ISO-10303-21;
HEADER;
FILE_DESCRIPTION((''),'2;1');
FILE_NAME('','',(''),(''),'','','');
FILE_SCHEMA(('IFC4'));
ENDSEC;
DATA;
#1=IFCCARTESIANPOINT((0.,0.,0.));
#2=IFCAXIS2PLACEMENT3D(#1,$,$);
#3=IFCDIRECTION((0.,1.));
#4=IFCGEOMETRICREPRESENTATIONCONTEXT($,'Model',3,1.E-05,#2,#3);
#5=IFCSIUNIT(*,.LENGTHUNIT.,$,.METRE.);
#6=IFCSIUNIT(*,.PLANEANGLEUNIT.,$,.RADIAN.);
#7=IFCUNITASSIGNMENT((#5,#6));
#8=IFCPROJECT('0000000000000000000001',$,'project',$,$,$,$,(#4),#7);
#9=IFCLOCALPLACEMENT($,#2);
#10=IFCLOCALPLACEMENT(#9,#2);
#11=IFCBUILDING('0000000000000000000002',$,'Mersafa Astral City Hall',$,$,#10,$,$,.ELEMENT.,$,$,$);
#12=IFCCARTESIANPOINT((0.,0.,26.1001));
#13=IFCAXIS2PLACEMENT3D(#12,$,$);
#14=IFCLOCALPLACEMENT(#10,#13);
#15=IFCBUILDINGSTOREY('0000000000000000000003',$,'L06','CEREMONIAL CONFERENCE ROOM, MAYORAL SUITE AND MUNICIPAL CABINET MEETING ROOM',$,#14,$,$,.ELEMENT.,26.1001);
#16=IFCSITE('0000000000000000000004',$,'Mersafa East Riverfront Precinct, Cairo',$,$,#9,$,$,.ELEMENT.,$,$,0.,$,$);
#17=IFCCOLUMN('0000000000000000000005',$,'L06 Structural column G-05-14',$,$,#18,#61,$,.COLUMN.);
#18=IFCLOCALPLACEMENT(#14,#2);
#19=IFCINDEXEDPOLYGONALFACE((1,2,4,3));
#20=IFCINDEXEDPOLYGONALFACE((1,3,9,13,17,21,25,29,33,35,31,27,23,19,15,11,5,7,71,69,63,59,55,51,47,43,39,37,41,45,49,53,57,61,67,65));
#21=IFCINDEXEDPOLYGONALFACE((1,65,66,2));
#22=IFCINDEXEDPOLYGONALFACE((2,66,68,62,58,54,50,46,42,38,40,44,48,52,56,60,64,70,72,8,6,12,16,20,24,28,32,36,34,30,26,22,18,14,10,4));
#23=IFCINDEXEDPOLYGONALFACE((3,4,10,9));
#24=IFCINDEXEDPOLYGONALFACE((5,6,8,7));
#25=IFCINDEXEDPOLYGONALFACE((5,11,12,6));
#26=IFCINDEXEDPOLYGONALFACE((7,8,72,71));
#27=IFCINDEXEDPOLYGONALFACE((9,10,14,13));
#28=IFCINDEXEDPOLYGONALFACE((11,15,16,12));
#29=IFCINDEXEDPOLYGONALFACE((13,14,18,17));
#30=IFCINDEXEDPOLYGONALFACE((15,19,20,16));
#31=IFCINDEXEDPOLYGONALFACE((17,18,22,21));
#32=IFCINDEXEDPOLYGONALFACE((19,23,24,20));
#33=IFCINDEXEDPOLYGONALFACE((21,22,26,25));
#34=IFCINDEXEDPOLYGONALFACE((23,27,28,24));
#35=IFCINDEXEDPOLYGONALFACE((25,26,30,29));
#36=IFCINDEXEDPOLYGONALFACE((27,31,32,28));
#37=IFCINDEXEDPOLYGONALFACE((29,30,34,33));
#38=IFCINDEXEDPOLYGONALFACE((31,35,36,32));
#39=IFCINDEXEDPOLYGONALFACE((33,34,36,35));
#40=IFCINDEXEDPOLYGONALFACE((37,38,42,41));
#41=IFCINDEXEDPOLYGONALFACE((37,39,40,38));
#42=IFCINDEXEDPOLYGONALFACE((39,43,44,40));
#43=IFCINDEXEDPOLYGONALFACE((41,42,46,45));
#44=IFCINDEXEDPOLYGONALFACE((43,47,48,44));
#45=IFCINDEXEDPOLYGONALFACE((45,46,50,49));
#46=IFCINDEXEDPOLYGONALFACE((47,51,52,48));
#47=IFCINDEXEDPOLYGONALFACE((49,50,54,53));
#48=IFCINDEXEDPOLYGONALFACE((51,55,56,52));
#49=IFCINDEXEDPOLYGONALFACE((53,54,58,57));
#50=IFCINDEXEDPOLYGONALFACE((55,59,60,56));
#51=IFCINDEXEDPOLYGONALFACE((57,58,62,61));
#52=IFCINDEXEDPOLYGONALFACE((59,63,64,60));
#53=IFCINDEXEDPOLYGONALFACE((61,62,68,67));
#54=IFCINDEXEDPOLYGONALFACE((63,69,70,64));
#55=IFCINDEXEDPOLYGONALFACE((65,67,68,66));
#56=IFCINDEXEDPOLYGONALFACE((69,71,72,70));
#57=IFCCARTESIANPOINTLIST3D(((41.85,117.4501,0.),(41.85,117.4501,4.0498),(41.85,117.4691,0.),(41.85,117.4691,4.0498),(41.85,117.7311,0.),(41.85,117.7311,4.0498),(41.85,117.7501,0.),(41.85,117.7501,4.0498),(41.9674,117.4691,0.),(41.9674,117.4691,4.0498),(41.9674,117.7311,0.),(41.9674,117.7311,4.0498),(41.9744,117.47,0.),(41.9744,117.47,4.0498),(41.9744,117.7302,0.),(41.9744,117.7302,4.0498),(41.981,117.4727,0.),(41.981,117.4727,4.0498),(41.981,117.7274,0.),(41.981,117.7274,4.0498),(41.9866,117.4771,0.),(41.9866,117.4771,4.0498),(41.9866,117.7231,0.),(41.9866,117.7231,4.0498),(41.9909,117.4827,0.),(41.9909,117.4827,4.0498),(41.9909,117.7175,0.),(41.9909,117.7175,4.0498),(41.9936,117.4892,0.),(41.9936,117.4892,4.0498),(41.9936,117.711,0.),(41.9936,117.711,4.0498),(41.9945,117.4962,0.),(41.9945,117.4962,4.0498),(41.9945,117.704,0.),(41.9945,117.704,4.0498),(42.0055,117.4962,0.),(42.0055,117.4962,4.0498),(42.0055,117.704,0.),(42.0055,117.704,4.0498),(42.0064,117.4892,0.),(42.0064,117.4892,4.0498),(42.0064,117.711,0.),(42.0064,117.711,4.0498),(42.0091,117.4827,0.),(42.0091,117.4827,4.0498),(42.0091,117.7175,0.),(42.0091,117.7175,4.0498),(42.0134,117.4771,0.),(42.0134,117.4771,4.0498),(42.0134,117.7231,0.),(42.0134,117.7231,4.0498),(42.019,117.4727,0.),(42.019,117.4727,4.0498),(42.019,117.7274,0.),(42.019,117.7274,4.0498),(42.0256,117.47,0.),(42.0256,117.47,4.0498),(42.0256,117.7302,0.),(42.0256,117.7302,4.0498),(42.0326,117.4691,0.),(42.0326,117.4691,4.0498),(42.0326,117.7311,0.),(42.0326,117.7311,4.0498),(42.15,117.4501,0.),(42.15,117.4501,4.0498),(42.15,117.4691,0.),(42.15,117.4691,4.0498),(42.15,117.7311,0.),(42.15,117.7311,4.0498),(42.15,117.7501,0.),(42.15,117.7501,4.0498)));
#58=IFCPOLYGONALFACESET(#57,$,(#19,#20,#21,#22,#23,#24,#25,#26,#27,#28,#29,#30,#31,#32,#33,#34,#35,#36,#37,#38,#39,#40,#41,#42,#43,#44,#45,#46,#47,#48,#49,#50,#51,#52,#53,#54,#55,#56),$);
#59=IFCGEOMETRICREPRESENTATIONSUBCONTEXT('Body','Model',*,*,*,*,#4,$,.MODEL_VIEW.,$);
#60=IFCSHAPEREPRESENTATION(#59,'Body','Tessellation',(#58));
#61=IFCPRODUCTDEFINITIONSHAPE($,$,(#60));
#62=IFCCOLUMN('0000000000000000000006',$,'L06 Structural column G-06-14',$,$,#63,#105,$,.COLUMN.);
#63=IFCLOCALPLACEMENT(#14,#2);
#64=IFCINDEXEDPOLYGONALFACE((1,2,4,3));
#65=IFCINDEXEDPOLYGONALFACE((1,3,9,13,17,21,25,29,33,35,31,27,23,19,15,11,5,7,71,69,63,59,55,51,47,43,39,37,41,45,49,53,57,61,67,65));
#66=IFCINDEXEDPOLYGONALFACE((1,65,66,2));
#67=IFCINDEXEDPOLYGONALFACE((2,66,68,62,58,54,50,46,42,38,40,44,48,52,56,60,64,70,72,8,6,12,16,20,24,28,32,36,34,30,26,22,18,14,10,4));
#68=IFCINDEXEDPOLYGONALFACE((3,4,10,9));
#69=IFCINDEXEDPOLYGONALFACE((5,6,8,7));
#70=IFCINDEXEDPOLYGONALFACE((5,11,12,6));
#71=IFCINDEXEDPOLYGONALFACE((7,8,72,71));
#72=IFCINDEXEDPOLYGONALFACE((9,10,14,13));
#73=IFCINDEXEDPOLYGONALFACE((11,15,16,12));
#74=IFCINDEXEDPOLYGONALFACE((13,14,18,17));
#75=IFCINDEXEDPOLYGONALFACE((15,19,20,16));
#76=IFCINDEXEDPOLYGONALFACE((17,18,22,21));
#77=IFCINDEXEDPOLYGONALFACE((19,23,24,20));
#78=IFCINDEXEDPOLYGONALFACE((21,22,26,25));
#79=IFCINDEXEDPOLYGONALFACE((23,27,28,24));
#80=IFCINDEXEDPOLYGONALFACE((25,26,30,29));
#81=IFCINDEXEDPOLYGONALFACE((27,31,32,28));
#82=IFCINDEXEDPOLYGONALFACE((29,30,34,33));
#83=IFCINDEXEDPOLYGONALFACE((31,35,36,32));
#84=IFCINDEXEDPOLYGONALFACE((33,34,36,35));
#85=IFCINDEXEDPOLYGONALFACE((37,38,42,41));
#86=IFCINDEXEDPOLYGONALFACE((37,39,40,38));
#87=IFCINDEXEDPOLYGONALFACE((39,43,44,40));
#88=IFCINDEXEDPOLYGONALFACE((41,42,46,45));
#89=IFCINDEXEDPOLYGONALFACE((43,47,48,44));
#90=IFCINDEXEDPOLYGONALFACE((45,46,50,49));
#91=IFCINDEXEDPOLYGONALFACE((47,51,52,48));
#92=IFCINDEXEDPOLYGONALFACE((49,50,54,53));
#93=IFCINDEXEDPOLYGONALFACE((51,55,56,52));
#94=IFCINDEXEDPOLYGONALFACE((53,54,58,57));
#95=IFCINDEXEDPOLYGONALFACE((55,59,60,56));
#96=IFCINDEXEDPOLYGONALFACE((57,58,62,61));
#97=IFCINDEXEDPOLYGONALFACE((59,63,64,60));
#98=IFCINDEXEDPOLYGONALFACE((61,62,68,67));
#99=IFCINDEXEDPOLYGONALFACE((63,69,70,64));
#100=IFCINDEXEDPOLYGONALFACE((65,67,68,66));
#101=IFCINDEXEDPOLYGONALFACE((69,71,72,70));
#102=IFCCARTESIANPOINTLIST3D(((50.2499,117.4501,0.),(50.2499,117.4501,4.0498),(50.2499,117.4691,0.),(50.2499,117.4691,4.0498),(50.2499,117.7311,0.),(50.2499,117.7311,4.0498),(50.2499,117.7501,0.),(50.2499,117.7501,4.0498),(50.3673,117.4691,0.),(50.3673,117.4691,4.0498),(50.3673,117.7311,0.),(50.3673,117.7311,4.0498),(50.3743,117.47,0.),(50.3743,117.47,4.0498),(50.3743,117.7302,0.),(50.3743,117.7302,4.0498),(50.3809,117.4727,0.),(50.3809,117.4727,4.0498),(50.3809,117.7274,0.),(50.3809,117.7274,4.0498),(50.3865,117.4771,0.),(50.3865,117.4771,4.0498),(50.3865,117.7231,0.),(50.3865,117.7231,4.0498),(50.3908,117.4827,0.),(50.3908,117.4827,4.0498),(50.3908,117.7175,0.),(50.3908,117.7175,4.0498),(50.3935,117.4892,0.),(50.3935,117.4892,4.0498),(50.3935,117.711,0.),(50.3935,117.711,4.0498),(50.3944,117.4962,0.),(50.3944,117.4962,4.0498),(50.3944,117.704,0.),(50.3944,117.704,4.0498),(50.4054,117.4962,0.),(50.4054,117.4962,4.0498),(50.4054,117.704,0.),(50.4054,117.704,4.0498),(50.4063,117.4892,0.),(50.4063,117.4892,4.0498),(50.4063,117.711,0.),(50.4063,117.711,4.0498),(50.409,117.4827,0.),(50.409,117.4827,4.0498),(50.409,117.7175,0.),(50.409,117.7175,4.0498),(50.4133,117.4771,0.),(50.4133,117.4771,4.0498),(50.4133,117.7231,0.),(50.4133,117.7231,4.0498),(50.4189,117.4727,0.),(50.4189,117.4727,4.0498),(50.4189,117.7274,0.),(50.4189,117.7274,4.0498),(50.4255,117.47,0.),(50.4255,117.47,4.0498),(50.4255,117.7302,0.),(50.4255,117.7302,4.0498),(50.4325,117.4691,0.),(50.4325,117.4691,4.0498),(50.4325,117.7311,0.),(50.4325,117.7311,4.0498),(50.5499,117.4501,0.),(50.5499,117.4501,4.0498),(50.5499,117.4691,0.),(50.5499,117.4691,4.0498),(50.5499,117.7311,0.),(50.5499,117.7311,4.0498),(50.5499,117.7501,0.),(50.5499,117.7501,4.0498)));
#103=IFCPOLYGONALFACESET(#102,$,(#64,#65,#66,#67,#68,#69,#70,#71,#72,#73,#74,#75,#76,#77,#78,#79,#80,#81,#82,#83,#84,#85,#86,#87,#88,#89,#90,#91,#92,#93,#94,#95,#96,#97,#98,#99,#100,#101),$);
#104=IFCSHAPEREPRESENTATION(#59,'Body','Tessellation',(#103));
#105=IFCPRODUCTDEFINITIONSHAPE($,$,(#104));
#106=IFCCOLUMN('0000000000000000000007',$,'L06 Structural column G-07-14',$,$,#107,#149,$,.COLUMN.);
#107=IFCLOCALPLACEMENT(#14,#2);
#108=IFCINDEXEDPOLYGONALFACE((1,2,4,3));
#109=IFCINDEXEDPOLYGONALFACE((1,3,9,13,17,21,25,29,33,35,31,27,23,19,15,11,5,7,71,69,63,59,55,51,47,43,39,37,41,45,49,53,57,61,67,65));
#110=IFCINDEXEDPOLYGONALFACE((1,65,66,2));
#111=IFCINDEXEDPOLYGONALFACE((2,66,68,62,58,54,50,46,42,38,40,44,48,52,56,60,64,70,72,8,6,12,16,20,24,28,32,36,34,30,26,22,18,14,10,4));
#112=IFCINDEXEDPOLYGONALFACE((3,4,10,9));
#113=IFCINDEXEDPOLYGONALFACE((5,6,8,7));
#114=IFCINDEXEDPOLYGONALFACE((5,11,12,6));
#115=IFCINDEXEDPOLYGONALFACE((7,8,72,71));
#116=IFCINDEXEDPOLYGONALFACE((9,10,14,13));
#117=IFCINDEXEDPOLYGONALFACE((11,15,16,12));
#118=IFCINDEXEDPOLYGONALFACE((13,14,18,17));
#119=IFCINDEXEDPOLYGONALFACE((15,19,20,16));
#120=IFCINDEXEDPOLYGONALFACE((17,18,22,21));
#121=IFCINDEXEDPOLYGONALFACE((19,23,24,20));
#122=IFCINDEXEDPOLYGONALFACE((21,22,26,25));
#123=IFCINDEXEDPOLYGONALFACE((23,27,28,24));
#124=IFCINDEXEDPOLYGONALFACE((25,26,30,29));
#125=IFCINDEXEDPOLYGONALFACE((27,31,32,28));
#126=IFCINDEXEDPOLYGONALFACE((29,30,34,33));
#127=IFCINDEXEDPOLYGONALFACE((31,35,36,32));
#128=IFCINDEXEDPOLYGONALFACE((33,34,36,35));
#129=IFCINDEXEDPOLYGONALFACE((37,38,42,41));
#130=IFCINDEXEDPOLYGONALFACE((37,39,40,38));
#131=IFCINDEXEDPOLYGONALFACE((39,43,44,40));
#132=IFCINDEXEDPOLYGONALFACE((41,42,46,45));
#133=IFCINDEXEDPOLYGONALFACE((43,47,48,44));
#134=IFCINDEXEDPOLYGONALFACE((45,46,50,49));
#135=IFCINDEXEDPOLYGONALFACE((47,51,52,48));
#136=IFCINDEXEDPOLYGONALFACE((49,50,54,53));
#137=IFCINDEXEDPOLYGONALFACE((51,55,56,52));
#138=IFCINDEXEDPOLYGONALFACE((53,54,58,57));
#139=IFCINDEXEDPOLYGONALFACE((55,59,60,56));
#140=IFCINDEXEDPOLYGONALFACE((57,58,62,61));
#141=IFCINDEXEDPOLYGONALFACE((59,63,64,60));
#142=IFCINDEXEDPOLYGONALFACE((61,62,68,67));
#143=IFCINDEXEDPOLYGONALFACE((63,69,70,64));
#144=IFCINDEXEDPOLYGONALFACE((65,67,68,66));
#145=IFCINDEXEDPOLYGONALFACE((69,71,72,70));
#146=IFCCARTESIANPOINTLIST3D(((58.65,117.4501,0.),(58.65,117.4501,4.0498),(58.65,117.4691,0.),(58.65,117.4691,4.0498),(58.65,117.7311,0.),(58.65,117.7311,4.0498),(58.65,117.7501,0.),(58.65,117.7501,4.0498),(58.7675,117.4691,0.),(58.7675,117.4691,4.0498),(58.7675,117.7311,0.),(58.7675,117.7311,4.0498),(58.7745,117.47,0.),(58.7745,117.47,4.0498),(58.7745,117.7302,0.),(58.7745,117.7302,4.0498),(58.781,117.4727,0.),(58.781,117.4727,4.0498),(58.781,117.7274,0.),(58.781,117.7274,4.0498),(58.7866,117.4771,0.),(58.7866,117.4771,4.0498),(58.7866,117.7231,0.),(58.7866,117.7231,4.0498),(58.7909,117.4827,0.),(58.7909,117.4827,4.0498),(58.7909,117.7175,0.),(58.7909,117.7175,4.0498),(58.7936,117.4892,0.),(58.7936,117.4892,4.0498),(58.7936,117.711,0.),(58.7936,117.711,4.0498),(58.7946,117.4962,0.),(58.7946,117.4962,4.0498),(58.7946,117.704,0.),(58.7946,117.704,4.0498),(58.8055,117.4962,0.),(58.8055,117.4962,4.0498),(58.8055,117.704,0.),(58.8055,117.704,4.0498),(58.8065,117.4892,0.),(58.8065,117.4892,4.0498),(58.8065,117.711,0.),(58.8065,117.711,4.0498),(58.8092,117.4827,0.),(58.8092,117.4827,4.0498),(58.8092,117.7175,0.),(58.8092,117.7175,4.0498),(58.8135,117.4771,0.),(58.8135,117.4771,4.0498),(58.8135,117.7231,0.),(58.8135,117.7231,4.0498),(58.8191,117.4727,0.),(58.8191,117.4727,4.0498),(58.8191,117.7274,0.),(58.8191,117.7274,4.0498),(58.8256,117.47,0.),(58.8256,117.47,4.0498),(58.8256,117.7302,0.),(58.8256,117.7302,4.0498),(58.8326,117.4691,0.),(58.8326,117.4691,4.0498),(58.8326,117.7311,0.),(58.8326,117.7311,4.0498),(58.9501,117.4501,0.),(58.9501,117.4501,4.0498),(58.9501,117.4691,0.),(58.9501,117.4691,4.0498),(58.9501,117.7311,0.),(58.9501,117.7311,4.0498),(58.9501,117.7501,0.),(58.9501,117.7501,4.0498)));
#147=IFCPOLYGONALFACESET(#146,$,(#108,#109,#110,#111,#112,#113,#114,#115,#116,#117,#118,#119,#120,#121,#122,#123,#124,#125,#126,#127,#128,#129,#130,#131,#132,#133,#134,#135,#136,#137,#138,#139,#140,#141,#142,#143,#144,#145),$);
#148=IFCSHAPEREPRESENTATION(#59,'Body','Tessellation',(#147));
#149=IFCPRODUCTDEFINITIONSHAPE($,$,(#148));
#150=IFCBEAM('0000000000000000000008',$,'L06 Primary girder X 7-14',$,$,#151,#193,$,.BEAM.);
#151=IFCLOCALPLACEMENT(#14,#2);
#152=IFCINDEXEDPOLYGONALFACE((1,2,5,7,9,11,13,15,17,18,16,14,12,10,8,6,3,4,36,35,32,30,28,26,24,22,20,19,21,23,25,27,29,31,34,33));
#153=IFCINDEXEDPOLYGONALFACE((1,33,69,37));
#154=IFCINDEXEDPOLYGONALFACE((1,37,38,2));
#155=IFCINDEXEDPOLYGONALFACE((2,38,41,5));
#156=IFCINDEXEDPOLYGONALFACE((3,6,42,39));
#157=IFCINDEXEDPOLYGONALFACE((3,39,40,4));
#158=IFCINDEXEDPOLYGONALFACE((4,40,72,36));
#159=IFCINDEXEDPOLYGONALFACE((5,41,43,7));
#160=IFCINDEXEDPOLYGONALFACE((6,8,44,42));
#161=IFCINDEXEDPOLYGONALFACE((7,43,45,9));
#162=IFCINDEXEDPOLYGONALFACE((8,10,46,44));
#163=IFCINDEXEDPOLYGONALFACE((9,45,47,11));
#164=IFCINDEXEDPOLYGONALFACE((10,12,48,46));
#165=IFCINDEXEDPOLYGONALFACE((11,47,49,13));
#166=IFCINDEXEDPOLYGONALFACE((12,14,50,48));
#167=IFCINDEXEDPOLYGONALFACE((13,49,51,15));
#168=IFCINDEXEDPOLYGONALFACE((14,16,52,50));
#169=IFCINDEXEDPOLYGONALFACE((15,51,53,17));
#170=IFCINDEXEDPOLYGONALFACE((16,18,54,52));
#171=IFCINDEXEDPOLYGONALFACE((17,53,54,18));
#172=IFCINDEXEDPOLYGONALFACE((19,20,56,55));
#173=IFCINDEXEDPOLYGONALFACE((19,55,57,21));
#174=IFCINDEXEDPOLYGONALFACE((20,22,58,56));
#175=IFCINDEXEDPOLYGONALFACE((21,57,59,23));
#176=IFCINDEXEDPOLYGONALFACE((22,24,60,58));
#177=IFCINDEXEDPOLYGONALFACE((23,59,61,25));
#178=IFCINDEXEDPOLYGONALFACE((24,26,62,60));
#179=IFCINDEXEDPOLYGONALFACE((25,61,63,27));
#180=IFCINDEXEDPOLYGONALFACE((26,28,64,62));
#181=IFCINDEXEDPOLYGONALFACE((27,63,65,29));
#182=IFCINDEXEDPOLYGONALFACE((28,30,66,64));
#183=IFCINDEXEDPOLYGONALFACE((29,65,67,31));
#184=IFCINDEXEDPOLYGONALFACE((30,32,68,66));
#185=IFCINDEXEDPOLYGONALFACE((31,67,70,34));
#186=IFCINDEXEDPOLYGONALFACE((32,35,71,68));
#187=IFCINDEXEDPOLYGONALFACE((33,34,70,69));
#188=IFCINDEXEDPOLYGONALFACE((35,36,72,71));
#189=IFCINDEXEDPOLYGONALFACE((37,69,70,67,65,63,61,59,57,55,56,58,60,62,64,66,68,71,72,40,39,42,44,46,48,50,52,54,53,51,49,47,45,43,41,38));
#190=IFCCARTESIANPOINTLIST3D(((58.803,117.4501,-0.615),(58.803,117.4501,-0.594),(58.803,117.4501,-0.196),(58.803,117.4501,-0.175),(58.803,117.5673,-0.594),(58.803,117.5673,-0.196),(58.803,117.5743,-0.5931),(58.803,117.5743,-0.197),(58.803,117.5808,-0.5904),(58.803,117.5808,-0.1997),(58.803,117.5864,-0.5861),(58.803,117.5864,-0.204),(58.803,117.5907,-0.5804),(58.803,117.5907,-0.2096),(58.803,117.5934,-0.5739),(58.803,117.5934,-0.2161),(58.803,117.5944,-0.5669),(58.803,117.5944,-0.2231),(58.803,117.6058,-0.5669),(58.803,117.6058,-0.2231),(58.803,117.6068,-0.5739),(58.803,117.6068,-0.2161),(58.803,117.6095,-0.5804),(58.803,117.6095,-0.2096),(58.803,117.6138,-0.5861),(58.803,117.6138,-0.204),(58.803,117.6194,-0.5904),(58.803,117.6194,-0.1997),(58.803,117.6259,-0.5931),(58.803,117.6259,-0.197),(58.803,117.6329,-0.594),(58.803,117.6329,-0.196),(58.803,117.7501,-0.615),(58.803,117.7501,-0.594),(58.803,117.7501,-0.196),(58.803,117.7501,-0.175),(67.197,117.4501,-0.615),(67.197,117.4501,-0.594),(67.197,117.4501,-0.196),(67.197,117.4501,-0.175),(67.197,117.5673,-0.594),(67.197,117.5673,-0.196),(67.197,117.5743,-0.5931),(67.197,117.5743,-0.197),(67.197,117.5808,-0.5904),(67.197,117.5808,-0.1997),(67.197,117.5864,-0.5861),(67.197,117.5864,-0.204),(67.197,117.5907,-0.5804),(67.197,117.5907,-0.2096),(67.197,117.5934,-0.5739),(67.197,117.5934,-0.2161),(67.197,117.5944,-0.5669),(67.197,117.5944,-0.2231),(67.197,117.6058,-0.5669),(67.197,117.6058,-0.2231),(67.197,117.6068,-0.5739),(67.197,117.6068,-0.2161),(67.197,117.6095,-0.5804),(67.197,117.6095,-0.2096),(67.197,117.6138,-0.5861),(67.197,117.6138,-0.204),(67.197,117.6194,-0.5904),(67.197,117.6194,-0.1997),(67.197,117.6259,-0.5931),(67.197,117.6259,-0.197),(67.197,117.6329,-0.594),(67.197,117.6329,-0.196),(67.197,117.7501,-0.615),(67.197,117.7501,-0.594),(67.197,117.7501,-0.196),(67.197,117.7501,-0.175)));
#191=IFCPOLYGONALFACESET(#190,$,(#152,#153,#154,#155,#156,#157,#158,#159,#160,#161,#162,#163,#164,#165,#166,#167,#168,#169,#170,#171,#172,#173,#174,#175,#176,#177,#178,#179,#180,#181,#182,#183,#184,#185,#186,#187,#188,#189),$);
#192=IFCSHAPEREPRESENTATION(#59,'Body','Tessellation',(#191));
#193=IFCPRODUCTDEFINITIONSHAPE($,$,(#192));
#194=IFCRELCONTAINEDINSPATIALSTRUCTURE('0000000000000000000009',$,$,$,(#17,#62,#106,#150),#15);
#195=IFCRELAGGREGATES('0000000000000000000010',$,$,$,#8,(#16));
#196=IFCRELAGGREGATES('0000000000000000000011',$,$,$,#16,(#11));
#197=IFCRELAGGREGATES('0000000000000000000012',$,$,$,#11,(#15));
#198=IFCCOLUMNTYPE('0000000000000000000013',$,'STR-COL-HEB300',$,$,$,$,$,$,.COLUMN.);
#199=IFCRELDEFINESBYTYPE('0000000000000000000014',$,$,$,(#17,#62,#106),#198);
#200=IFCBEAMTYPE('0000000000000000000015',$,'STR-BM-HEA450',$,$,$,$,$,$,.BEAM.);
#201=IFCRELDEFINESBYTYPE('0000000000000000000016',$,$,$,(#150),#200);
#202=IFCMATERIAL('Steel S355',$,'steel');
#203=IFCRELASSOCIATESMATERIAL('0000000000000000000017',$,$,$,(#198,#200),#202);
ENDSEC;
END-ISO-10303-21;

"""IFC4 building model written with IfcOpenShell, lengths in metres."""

from ifc_helpers import new_model, si_unit, direction, frame, origin, origin_2d, place, context, subcontext, project, spatial, i_section, extrude, material, material_profile, profile_set, type_object, element, save


model = new_model("IFC4")

# Units and contexts
model_context = context("Model", 3, precision=1e-05, world=origin(), true_north=direction((0.0, 1.0)))
body_context = subcontext(model_context, "Body", "Model", "MODEL_VIEW")
ifc_project = project(units=[si_unit("LENGTHUNIT", "METRE"), si_unit("PLANEANGLEUNIT", "RADIAN")], contexts=[model_context])

# Site, building, storey
site_placement = place(None, origin())
site = spatial("IfcSite", under=ifc_project, at=site_placement, Name="Mersafa East Riverfront Precinct, Cairo", CompositionType="ELEMENT", RefElevation=0.0)
building_placement = place(site_placement, origin())
building = spatial("IfcBuilding", under=site, at=building_placement, Name="Mersafa Astral City Hall", CompositionType="ELEMENT")
storey_placement = place(building_placement, frame((0.0, 0.0, 26.1001)))
storey = spatial("IfcBuildingStorey", under=building, at=storey_placement, Name="L06", Description="CEREMONIAL CONFERENCE ROOM, MAYORAL SUITE AND MUNICIPAL CABINET MEETING ROOM", CompositionType="ELEMENT", Elevation=26.1001)

# Columns
ifc_material_1 = material(Name="Steel S355", Category="steel")
ifc_material_profile_1 = material_profile(ifc_material_1, i_section(OverallWidth=0.3, OverallDepth=0.3, WebThickness=0.011, FlangeThickness=0.019, FilletRadius=0.0271, at=origin_2d()), Name="HEB 300")
ifc_profile_set_1 = profile_set([ifc_material_profile_1], Name="Steel S355")
column_type = type_object("IfcColumnType", Name="STR-COL-HEB300", PredefinedType="COLUMN", material=ifc_profile_set_1)
for number, where, z_axis, x_axis, name in (
    (1, (42.0, 117.6001, 0.0), (0.0, 0.0, 1.0), (1.0, 0.0, 0.0), "L06 Structural column G-05-14"),
    (2, (50.3999, 117.6001, 0.0), (0.0, 0.0, 1.0), (1.0, 0.0, 0.0), "L06 Structural column G-06-14"),
    (3, (58.8, 117.6001, 0.0), (0.0, 0.0, 1.0), (1.0, 0.0, 0.0), "L06 Structural column G-07-14"),
):
    element("IfcColumn", number, at=place(storey_placement, frame(where, z_axis=z_axis, x_axis=x_axis)), inside=storey, type_object=column_type, Name=name, PredefinedType="COLUMN", context=body_context, shape_type="SweptSolid", body=[
        extrude(i_section(OverallWidth=0.3, OverallDepth=0.3, WebThickness=0.011, FlangeThickness=0.019, FilletRadius=0.0271, at=origin_2d()), origin(), (0.0, 0.0, 1.0), 4.0498),
    ])

# Beam
ifc_material_profile_2 = material_profile(ifc_material_1, i_section(OverallWidth=0.3, OverallDepth=0.4399, WebThickness=0.0115, FlangeThickness=0.021, FilletRadius=0.0271, at=origin_2d()), Name="HEA 450")
ifc_profile_set_2 = profile_set([ifc_material_profile_2], Name="Steel S355")
beam_type_1 = type_object("IfcBeamType", Name="STR-BM-HEA450", PredefinedType="BEAM", material=ifc_profile_set_2)
beam_1_placement = place(storey_placement, frame((58.803, 117.6001, -0.395), z_axis=(1.0, 0.0, 0.0), x_axis=(0.0, 1.0, 0.0)))
element("IfcBeam", 4, at=beam_1_placement, inside=storey, type_object=beam_type_1, Name="L06 Primary girder X 7-14", PredefinedType="BEAM", context=body_context, shape_type="SweptSolid", body=[
    extrude(i_section(OverallWidth=0.3, OverallDepth=0.4399, WebThickness=0.0115, FlangeThickness=0.021, FilletRadius=0.0271, at=origin_2d()), origin(), (0.0, 0.0, 1.0), 8.394),
])

save(model, "model.ifc")
